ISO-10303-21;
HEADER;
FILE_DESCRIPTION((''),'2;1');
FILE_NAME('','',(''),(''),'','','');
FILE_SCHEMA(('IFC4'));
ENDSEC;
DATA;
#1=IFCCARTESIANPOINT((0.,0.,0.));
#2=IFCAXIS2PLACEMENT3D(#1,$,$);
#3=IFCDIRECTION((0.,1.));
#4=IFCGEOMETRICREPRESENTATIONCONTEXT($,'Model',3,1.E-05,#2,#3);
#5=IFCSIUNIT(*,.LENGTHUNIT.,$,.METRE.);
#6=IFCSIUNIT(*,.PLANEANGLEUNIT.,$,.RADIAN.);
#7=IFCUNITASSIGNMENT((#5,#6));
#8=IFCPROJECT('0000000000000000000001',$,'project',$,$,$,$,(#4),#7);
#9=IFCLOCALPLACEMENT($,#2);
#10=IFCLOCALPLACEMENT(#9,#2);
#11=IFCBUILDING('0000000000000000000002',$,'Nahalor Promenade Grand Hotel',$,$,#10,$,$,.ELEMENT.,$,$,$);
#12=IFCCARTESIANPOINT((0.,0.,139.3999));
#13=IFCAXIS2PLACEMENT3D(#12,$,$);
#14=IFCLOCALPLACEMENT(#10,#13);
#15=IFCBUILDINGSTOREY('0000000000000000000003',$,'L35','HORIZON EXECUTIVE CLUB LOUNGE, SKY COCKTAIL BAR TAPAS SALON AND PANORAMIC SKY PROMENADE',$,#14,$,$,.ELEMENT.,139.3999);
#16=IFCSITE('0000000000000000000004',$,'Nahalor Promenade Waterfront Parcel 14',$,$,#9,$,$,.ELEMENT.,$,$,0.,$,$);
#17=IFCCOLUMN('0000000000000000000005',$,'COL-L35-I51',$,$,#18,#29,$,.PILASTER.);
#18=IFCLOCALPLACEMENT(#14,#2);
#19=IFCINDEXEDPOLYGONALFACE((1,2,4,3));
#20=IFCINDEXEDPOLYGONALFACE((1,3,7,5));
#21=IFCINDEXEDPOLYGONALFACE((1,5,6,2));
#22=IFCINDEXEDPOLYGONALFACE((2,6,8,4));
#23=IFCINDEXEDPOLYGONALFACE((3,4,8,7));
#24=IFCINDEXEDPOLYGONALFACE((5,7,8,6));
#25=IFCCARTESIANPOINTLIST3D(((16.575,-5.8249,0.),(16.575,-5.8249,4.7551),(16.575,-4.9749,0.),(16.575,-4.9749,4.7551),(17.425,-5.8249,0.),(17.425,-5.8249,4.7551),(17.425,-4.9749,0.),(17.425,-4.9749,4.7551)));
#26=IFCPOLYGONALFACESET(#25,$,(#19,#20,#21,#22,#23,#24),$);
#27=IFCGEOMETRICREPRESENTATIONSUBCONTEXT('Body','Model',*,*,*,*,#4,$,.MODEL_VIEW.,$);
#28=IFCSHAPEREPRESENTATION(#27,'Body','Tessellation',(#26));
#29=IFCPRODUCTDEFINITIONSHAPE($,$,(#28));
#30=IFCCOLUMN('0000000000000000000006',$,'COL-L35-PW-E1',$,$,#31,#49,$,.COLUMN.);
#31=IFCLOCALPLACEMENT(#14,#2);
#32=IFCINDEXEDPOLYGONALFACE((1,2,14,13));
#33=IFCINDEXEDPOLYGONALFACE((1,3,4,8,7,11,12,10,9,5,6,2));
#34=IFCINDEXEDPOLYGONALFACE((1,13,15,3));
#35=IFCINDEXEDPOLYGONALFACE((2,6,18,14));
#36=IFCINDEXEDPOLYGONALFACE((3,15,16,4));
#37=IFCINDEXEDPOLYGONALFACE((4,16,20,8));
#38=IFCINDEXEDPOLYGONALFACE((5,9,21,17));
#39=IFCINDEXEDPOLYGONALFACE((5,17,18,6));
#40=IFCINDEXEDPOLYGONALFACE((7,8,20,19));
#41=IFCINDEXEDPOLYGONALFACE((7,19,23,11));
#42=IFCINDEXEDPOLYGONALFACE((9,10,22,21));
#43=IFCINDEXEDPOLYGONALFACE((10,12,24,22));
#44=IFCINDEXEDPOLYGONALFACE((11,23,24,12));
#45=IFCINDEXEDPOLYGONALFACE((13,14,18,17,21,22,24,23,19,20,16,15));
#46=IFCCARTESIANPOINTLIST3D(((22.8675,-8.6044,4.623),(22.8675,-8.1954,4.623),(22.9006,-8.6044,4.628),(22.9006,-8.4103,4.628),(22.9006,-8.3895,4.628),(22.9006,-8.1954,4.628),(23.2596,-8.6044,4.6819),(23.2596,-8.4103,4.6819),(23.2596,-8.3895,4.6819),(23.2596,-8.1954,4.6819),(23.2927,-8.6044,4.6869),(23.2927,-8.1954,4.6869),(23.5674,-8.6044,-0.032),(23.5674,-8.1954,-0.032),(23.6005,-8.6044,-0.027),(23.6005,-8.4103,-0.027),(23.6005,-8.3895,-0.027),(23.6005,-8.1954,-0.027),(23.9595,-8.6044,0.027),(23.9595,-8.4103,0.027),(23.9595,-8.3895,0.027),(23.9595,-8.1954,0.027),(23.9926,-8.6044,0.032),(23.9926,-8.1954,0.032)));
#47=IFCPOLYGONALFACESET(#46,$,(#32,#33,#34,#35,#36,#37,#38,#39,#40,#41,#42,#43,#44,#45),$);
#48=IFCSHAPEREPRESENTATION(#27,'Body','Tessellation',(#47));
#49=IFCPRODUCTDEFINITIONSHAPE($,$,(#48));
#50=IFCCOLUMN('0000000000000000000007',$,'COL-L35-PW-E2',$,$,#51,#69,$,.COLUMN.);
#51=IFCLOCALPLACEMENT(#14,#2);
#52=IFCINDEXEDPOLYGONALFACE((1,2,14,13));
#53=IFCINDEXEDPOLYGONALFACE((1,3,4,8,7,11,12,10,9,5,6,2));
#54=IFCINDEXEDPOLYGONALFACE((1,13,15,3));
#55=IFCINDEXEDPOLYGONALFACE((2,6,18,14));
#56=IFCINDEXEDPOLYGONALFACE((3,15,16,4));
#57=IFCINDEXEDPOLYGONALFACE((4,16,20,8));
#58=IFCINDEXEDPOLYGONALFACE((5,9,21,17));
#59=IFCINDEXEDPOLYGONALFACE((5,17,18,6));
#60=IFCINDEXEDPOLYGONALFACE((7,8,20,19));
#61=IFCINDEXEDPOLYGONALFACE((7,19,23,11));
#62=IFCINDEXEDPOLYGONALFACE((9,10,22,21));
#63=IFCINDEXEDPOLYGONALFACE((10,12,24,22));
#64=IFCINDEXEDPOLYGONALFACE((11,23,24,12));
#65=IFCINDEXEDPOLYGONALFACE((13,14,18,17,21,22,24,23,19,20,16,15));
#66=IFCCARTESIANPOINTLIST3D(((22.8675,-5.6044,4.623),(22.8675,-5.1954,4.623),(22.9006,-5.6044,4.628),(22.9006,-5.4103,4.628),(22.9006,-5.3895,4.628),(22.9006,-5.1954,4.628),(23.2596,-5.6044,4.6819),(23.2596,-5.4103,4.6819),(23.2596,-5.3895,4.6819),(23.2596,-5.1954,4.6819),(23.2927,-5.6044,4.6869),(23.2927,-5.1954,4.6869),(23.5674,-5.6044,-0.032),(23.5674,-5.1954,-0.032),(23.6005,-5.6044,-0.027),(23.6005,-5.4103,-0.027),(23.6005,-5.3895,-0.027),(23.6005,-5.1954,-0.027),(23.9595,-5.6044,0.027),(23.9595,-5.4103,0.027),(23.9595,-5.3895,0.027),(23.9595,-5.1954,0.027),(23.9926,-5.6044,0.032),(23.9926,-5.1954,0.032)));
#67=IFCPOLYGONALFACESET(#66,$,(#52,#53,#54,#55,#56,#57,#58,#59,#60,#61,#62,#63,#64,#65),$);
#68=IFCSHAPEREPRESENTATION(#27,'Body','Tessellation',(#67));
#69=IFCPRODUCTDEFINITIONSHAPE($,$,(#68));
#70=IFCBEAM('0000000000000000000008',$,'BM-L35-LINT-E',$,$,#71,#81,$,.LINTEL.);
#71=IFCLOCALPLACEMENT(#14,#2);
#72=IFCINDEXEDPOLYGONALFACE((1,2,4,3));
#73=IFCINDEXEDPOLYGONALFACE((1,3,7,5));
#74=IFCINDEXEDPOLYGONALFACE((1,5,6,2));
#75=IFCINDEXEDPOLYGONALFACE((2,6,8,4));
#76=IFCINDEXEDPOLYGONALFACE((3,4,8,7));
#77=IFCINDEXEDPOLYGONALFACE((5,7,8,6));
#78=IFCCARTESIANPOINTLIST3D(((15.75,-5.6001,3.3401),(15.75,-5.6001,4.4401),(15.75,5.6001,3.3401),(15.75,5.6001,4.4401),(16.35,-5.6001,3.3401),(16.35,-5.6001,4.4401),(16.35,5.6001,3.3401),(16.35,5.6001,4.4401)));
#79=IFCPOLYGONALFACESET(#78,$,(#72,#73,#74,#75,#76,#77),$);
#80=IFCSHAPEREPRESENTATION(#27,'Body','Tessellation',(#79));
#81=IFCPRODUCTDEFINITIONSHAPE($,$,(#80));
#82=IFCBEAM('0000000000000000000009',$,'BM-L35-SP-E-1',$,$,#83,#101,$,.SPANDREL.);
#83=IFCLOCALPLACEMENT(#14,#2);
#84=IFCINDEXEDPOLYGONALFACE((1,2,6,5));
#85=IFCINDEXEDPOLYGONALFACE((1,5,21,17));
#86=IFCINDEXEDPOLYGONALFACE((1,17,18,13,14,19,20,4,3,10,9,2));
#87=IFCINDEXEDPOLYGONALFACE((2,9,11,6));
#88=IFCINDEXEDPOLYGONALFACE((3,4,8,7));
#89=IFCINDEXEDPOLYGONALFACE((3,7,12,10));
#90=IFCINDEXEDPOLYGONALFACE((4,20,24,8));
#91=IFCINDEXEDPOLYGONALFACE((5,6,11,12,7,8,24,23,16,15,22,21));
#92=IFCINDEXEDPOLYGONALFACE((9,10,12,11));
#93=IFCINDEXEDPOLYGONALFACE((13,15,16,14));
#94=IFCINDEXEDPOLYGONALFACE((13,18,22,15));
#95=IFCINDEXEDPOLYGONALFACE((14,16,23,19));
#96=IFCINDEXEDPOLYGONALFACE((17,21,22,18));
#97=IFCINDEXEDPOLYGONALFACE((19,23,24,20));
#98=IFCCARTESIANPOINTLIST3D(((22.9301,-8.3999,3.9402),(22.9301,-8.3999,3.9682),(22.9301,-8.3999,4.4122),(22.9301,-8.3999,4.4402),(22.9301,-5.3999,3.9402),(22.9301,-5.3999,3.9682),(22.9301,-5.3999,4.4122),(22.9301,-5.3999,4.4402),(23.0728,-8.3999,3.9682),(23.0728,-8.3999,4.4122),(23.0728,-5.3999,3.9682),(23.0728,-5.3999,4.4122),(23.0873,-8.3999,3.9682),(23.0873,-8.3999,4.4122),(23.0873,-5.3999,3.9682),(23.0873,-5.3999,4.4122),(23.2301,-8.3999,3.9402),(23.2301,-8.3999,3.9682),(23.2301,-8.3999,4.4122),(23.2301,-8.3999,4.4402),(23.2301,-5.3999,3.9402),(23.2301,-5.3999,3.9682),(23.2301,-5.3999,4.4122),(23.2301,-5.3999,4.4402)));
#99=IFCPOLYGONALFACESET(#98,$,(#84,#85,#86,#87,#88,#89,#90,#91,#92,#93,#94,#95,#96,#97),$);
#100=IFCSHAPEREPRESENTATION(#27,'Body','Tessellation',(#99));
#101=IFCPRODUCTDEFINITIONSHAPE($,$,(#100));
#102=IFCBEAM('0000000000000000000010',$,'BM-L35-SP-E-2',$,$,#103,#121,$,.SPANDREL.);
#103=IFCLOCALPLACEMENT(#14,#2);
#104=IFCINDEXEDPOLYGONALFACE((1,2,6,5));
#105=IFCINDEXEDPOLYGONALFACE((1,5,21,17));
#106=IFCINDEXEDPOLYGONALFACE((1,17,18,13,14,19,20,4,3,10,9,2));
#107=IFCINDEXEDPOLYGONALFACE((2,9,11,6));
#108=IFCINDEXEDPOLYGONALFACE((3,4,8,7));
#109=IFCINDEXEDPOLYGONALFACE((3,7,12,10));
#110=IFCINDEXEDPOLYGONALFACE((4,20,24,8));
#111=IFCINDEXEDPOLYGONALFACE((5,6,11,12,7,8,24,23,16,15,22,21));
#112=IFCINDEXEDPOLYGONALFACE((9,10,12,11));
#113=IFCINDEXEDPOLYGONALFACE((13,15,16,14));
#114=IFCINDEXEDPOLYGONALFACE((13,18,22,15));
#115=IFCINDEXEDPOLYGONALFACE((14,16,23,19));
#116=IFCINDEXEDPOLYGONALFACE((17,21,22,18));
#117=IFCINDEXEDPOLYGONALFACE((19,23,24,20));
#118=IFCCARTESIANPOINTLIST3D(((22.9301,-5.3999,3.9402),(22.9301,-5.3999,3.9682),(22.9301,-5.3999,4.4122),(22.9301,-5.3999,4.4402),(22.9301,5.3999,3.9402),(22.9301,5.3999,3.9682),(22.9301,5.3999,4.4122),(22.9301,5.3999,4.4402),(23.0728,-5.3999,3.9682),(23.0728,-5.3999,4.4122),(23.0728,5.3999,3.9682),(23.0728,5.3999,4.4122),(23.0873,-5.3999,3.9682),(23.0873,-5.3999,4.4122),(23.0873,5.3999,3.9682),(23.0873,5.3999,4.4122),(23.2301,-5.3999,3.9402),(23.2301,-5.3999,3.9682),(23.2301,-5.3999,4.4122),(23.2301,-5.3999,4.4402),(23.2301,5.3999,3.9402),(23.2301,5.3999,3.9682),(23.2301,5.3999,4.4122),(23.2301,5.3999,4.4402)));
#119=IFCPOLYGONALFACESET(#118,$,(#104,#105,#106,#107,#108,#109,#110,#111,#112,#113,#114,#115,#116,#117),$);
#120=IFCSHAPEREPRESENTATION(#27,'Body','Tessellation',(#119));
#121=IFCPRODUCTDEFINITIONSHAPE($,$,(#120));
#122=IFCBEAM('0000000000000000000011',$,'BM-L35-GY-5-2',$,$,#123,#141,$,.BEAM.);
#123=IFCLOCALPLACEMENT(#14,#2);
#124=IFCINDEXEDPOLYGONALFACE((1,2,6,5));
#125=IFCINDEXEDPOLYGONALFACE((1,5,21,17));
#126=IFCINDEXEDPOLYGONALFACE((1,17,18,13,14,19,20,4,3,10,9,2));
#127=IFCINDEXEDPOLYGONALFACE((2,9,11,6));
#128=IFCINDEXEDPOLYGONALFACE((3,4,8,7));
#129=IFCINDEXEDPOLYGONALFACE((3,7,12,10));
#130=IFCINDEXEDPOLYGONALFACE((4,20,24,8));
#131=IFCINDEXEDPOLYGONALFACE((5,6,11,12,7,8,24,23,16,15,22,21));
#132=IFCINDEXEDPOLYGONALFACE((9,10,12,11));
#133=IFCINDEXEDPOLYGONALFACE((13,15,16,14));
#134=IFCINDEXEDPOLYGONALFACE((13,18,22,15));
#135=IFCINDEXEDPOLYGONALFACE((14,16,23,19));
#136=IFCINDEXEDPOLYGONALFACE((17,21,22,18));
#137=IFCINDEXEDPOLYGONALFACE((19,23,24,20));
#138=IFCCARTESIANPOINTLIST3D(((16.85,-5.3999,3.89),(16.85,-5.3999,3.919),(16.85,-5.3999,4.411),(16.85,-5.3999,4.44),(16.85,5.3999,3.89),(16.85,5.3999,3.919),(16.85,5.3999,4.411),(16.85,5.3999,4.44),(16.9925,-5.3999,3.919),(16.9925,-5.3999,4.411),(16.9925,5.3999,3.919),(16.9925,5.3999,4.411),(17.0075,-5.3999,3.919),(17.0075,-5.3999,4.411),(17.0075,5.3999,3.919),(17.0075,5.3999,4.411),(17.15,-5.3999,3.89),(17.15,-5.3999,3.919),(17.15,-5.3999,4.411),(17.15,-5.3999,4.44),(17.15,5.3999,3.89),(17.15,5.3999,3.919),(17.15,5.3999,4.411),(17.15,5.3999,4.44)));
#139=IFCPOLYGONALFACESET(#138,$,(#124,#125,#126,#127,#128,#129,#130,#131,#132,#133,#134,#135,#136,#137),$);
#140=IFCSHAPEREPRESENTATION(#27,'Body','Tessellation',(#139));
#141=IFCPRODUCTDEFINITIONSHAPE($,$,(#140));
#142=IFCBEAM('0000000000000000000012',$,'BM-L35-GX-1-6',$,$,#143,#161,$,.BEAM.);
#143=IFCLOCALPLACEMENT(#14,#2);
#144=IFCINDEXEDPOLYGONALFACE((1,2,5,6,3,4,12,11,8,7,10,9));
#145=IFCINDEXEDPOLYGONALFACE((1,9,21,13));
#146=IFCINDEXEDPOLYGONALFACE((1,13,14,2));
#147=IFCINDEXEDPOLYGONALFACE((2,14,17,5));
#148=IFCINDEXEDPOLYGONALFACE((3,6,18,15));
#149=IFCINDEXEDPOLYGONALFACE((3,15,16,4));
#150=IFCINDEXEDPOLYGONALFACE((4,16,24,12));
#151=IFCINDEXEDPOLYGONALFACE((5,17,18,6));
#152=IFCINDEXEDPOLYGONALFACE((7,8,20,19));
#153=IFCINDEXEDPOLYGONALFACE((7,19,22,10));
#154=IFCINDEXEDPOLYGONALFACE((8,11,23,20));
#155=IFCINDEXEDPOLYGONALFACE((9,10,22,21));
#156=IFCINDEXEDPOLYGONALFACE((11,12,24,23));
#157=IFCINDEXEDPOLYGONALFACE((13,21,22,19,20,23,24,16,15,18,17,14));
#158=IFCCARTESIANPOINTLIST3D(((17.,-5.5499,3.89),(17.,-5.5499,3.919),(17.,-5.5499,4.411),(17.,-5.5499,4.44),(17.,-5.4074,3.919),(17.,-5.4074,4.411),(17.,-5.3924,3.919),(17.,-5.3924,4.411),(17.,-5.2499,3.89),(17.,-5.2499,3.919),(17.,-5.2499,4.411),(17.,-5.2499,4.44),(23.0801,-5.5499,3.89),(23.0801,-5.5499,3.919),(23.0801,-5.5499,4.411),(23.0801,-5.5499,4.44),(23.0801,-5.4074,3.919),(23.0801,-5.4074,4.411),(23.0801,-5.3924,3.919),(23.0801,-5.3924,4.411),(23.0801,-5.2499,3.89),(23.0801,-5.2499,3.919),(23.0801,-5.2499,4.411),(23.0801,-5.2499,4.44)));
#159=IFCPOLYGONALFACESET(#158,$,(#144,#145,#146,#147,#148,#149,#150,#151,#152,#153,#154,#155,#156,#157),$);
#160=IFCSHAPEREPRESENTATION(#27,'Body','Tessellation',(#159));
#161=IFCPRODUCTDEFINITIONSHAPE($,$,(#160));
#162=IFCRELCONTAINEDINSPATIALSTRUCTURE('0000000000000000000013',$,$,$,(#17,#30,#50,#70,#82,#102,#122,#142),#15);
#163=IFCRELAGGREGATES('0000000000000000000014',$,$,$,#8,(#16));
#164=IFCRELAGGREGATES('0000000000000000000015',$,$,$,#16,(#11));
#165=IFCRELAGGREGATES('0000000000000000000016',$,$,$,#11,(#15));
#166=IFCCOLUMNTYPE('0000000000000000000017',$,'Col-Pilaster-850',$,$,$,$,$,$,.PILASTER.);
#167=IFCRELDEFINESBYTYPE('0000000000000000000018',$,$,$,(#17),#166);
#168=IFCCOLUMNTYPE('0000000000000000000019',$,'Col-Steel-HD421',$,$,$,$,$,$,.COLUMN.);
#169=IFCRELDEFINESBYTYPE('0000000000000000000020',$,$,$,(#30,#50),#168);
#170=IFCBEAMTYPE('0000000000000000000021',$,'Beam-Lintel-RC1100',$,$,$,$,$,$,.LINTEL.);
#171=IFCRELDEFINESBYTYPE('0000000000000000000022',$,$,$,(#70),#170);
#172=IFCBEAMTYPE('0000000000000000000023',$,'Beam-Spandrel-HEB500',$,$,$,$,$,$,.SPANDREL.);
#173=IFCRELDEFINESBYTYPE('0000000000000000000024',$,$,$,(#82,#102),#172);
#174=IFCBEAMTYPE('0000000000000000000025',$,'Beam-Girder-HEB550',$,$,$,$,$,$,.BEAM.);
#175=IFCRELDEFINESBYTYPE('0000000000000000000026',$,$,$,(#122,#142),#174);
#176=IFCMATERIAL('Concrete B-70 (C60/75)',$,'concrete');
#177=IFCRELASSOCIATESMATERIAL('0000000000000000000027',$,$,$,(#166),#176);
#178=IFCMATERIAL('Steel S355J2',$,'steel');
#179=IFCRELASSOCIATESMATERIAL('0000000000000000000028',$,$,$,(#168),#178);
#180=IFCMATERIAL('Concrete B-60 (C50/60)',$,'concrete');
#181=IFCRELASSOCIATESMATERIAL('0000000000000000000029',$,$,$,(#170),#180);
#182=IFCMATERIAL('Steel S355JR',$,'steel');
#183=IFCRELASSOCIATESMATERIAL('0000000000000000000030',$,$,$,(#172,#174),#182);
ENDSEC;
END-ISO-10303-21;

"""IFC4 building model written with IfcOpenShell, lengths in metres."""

from ifc_helpers import new_model, si_unit, direction, frame, origin, origin_2d, place, context, subcontext, project, spatial, rectangle, i_section, extrude, source, transform, mapped, material, material_profile, profile_set, type_object, element, save


model = new_model("IFC4")

# Units and contexts
model_context = context("Model", 3, precision=1e-05, world=origin(), true_north=direction((0.0, 1.0)))
body_context = subcontext(model_context, "Body", "Model", "MODEL_VIEW")
ifc_project = project(units=[si_unit("LENGTHUNIT", "METRE"), si_unit("PLANEANGLEUNIT", "RADIAN")], contexts=[model_context])

# Site, building, storey
site_placement = place(None, origin())
site = spatial("IfcSite", under=ifc_project, at=site_placement, Name="Nahalor Promenade Waterfront Parcel 14", CompositionType="ELEMENT", RefElevation=0.0)
building_placement = place(site_placement, origin())
building = spatial("IfcBuilding", under=site, at=building_placement, Name="Nahalor Promenade Grand Hotel", CompositionType="ELEMENT")
storey_placement = place(building_placement, frame((0.0, 0.0, 139.3999)))
storey = spatial("IfcBuildingStorey", under=building, at=storey_placement, Name="L35", Description="HORIZON EXECUTIVE CLUB LOUNGE, SKY COCKTAIL BAR TAPAS SALON AND PANORAMIC SKY PROMENADE", CompositionType="ELEMENT", Elevation=139.3999)

# Columns
ifc_material_1 = material(Name="Concrete B-70 (C60/75)", Category="concrete")
ifc_material_profile_1 = material_profile(ifc_material_1, rectangle(XDim=0.85, YDim=0.85, at=origin_2d()), Name="RC 850x850")
ifc_profile_set_1 = profile_set([ifc_material_profile_1], Name="Concrete B-70 (C60/75)")
column_type_1 = type_object("IfcColumnType", Name="Col-Pilaster-850", PredefinedType="PILASTER", material=ifc_profile_set_1)
shared_shape_1 = source(origin(), body_context, "Body", "SweptSolid", [
    extrude(rectangle(XDim=0.85, YDim=0.85, at=origin_2d()), origin(), (0.0, 0.0, 1.0), 4.7551),
])
column_placement = place(storey_placement, frame((17.0, -5.3999, 0.0), z_axis=(0.0, 0.0, 1.0), x_axis=(1.0, 0.0, 0.0)))
element("IfcColumn", 1, at=column_placement, inside=storey, type_object=column_type_1, Name="COL-L35-I51", PredefinedType="PILASTER", context=body_context, shape_type="MappedRepresentation", body=[
    mapped(shared_shape_1, transform((0.0, 0.0, 0.0), scale=1.0)),
])
ifc_material_2 = material(Name="Steel S355J2", Category="steel")
ifc_material_profile_2 = material_profile(ifc_material_2, i_section(OverallWidth=0.409, OverallDepth=0.43, WebThickness=0.0208, FlangeThickness=0.0335, at=origin_2d()), Name="HD 400x421")
ifc_profile_set_2 = profile_set([ifc_material_profile_2], Name="Steel S355J2")
column_type_2 = type_object("IfcColumnType", Name="Col-Steel-HD421", PredefinedType="COLUMN", material=ifc_profile_set_2)
shared_shape_2 = source(origin(), body_context, "Body", "SweptSolid", [
    extrude(i_section(OverallWidth=0.409, OverallDepth=0.43, WebThickness=0.0208, FlangeThickness=0.0335, at=origin_2d()), origin(), (0.0, 0.0, 1.0), 4.7073),
])
for number, where, z_axis, x_axis, name in (
    (2, (23.78, -8.3999, 0.0), (-0.148693, 0.0, 0.988883), (0.0, -1.0, 0.0), "COL-L35-PW-E1"),
    (3, (23.78, -5.3999, 0.0), (-0.148693, 0.0, 0.988883), (0.0, -1.0, 0.0), "COL-L35-PW-E2"),
):
    element("IfcColumn", number, at=place(storey_placement, frame(where, z_axis=z_axis, x_axis=x_axis)), inside=storey, type_object=column_type_2, Name=name, PredefinedType="COLUMN", context=body_context, shape_type="MappedRepresentation", body=[
        mapped(shared_shape_2, transform((0.0, 0.0, 0.0), scale=1.0)),
    ])

# Beams
ifc_material_3 = material(Name="Concrete B-60 (C50/60)", Category="concrete")
ifc_material_profile_3 = material_profile(ifc_material_3, rectangle(XDim=0.6, YDim=1.1, at=origin_2d()), Name="RC 600x1100")
ifc_profile_set_3 = profile_set([ifc_material_profile_3], Name="Concrete B-60 (C50/60)")
beam_type_1 = type_object("IfcBeamType", Name="Beam-Lintel-RC1100", PredefinedType="LINTEL", material=ifc_profile_set_3)
shared_shape_3 = source(origin(), body_context, "Body", "SweptSolid", [
    extrude(rectangle(XDim=0.6, YDim=1.1, at=origin_2d()), origin(), (0.0, 0.0, 1.0), 11.2002),
])
beam_1_placement = place(storey_placement, frame((16.05, -5.6001, 3.8901), z_axis=(0.0, 1.0, 0.0), x_axis=(-1.0, 0.0, 0.0)))
element("IfcBeam", 4, at=beam_1_placement, inside=storey, type_object=beam_type_1, Name="BM-L35-LINT-E", PredefinedType="LINTEL", context=body_context, shape_type="MappedRepresentation", body=[
    mapped(shared_shape_3, transform((0.0, 0.0, 0.0), scale=1.0)),
])
ifc_material_4 = material(Name="Steel S355JR", Category="steel")
ifc_material_profile_4 = material_profile(ifc_material_4, i_section(OverallWidth=0.3, OverallDepth=0.5, WebThickness=0.0145, FlangeThickness=0.028, at=origin_2d()), Name="HEB 500")
ifc_profile_set_4 = profile_set([ifc_material_profile_4], Name="Steel S355JR")
beam_type_2 = type_object("IfcBeamType", Name="Beam-Spandrel-HEB500", PredefinedType="SPANDREL", material=ifc_profile_set_4)
shared_shape_4 = source(origin(), body_context, "Body", "SweptSolid", [
    extrude(i_section(OverallWidth=0.3, OverallDepth=0.5, WebThickness=0.0145, FlangeThickness=0.028, at=origin_2d()), origin(), (0.0, 0.0, 1.0), 3.0),
])
beam_2_placement = place(storey_placement, frame((23.0801, -8.3999, 4.1902), z_axis=(0.0, 1.0, 0.0), x_axis=(-1.0, 0.0, 0.0)))
element("IfcBeam", 5, at=beam_2_placement, inside=storey, type_object=beam_type_2, Name="BM-L35-SP-E-1", PredefinedType="SPANDREL", context=body_context, shape_type="MappedRepresentation", body=[
    mapped(shared_shape_4, transform((0.0, 0.0, 0.0), scale=1.0)),
])
shared_shape_5 = source(origin(), body_context, "Body", "SweptSolid", [
    extrude(i_section(OverallWidth=0.3, OverallDepth=0.5, WebThickness=0.0145, FlangeThickness=0.028, at=origin_2d()), origin(), (0.0, 0.0, 1.0), 10.7998),
])
beam_3_placement = place(storey_placement, frame((23.0801, -5.3999, 4.1902), z_axis=(0.0, 1.0, 0.0), x_axis=(-1.0, 0.0, 0.0)))
element("IfcBeam", 6, at=beam_3_placement, inside=storey, type_object=beam_type_2, Name="BM-L35-SP-E-2", PredefinedType="SPANDREL", context=body_context, shape_type="MappedRepresentation", body=[
    mapped(shared_shape_5, transform((0.0, 0.0, 0.0), scale=1.0)),
])
ifc_material_profile_5 = material_profile(ifc_material_4, i_section(OverallWidth=0.3, OverallDepth=0.55, WebThickness=0.015, FlangeThickness=0.029, at=origin_2d()), Name="HEB 550")
ifc_profile_set_5 = profile_set([ifc_material_profile_5], Name="Steel S355JR")
beam_type_3 = type_object("IfcBeamType", Name="Beam-Girder-HEB550", PredefinedType="BEAM", material=ifc_profile_set_5)
shared_shape_6 = source(origin(), body_context, "Body", "SweptSolid", [
    extrude(i_section(OverallWidth=0.3, OverallDepth=0.55, WebThickness=0.015, FlangeThickness=0.029, at=origin_2d()), origin(), (0.0, 0.0, 1.0), 10.7998),
])
beam_4_placement = place(storey_placement, frame((17.0, -5.3999, 4.165), z_axis=(0.0, 1.0, 0.0), x_axis=(-1.0, 0.0, 0.0)))
element("IfcBeam", 7, at=beam_4_placement, inside=storey, type_object=beam_type_3, Name="BM-L35-GY-5-2", PredefinedType="BEAM", context=body_context, shape_type="MappedRepresentation", body=[
    mapped(shared_shape_6, transform((0.0, 0.0, 0.0), scale=1.0)),
])
shared_shape_7 = source(origin(), body_context, "Body", "SweptSolid", [
    extrude(i_section(OverallWidth=0.3, OverallDepth=0.55, WebThickness=0.015, FlangeThickness=0.029, at=origin_2d()), origin(), (0.0, 0.0, 1.0), 6.0801),
])
beam_5_placement = place(storey_placement, frame((17.0, -5.3999, 4.165), z_axis=(1.0, 0.0, 0.0), x_axis=(0.0, 1.0, 0.0)))
element("IfcBeam", 8, at=beam_5_placement, inside=storey, type_object=beam_type_3, Name="BM-L35-GX-1-6", PredefinedType="BEAM", context=body_context, shape_type="MappedRepresentation", body=[
    mapped(shared_shape_7, transform((0.0, 0.0, 0.0), scale=1.0)),
])

save(model, "model.ifc")
